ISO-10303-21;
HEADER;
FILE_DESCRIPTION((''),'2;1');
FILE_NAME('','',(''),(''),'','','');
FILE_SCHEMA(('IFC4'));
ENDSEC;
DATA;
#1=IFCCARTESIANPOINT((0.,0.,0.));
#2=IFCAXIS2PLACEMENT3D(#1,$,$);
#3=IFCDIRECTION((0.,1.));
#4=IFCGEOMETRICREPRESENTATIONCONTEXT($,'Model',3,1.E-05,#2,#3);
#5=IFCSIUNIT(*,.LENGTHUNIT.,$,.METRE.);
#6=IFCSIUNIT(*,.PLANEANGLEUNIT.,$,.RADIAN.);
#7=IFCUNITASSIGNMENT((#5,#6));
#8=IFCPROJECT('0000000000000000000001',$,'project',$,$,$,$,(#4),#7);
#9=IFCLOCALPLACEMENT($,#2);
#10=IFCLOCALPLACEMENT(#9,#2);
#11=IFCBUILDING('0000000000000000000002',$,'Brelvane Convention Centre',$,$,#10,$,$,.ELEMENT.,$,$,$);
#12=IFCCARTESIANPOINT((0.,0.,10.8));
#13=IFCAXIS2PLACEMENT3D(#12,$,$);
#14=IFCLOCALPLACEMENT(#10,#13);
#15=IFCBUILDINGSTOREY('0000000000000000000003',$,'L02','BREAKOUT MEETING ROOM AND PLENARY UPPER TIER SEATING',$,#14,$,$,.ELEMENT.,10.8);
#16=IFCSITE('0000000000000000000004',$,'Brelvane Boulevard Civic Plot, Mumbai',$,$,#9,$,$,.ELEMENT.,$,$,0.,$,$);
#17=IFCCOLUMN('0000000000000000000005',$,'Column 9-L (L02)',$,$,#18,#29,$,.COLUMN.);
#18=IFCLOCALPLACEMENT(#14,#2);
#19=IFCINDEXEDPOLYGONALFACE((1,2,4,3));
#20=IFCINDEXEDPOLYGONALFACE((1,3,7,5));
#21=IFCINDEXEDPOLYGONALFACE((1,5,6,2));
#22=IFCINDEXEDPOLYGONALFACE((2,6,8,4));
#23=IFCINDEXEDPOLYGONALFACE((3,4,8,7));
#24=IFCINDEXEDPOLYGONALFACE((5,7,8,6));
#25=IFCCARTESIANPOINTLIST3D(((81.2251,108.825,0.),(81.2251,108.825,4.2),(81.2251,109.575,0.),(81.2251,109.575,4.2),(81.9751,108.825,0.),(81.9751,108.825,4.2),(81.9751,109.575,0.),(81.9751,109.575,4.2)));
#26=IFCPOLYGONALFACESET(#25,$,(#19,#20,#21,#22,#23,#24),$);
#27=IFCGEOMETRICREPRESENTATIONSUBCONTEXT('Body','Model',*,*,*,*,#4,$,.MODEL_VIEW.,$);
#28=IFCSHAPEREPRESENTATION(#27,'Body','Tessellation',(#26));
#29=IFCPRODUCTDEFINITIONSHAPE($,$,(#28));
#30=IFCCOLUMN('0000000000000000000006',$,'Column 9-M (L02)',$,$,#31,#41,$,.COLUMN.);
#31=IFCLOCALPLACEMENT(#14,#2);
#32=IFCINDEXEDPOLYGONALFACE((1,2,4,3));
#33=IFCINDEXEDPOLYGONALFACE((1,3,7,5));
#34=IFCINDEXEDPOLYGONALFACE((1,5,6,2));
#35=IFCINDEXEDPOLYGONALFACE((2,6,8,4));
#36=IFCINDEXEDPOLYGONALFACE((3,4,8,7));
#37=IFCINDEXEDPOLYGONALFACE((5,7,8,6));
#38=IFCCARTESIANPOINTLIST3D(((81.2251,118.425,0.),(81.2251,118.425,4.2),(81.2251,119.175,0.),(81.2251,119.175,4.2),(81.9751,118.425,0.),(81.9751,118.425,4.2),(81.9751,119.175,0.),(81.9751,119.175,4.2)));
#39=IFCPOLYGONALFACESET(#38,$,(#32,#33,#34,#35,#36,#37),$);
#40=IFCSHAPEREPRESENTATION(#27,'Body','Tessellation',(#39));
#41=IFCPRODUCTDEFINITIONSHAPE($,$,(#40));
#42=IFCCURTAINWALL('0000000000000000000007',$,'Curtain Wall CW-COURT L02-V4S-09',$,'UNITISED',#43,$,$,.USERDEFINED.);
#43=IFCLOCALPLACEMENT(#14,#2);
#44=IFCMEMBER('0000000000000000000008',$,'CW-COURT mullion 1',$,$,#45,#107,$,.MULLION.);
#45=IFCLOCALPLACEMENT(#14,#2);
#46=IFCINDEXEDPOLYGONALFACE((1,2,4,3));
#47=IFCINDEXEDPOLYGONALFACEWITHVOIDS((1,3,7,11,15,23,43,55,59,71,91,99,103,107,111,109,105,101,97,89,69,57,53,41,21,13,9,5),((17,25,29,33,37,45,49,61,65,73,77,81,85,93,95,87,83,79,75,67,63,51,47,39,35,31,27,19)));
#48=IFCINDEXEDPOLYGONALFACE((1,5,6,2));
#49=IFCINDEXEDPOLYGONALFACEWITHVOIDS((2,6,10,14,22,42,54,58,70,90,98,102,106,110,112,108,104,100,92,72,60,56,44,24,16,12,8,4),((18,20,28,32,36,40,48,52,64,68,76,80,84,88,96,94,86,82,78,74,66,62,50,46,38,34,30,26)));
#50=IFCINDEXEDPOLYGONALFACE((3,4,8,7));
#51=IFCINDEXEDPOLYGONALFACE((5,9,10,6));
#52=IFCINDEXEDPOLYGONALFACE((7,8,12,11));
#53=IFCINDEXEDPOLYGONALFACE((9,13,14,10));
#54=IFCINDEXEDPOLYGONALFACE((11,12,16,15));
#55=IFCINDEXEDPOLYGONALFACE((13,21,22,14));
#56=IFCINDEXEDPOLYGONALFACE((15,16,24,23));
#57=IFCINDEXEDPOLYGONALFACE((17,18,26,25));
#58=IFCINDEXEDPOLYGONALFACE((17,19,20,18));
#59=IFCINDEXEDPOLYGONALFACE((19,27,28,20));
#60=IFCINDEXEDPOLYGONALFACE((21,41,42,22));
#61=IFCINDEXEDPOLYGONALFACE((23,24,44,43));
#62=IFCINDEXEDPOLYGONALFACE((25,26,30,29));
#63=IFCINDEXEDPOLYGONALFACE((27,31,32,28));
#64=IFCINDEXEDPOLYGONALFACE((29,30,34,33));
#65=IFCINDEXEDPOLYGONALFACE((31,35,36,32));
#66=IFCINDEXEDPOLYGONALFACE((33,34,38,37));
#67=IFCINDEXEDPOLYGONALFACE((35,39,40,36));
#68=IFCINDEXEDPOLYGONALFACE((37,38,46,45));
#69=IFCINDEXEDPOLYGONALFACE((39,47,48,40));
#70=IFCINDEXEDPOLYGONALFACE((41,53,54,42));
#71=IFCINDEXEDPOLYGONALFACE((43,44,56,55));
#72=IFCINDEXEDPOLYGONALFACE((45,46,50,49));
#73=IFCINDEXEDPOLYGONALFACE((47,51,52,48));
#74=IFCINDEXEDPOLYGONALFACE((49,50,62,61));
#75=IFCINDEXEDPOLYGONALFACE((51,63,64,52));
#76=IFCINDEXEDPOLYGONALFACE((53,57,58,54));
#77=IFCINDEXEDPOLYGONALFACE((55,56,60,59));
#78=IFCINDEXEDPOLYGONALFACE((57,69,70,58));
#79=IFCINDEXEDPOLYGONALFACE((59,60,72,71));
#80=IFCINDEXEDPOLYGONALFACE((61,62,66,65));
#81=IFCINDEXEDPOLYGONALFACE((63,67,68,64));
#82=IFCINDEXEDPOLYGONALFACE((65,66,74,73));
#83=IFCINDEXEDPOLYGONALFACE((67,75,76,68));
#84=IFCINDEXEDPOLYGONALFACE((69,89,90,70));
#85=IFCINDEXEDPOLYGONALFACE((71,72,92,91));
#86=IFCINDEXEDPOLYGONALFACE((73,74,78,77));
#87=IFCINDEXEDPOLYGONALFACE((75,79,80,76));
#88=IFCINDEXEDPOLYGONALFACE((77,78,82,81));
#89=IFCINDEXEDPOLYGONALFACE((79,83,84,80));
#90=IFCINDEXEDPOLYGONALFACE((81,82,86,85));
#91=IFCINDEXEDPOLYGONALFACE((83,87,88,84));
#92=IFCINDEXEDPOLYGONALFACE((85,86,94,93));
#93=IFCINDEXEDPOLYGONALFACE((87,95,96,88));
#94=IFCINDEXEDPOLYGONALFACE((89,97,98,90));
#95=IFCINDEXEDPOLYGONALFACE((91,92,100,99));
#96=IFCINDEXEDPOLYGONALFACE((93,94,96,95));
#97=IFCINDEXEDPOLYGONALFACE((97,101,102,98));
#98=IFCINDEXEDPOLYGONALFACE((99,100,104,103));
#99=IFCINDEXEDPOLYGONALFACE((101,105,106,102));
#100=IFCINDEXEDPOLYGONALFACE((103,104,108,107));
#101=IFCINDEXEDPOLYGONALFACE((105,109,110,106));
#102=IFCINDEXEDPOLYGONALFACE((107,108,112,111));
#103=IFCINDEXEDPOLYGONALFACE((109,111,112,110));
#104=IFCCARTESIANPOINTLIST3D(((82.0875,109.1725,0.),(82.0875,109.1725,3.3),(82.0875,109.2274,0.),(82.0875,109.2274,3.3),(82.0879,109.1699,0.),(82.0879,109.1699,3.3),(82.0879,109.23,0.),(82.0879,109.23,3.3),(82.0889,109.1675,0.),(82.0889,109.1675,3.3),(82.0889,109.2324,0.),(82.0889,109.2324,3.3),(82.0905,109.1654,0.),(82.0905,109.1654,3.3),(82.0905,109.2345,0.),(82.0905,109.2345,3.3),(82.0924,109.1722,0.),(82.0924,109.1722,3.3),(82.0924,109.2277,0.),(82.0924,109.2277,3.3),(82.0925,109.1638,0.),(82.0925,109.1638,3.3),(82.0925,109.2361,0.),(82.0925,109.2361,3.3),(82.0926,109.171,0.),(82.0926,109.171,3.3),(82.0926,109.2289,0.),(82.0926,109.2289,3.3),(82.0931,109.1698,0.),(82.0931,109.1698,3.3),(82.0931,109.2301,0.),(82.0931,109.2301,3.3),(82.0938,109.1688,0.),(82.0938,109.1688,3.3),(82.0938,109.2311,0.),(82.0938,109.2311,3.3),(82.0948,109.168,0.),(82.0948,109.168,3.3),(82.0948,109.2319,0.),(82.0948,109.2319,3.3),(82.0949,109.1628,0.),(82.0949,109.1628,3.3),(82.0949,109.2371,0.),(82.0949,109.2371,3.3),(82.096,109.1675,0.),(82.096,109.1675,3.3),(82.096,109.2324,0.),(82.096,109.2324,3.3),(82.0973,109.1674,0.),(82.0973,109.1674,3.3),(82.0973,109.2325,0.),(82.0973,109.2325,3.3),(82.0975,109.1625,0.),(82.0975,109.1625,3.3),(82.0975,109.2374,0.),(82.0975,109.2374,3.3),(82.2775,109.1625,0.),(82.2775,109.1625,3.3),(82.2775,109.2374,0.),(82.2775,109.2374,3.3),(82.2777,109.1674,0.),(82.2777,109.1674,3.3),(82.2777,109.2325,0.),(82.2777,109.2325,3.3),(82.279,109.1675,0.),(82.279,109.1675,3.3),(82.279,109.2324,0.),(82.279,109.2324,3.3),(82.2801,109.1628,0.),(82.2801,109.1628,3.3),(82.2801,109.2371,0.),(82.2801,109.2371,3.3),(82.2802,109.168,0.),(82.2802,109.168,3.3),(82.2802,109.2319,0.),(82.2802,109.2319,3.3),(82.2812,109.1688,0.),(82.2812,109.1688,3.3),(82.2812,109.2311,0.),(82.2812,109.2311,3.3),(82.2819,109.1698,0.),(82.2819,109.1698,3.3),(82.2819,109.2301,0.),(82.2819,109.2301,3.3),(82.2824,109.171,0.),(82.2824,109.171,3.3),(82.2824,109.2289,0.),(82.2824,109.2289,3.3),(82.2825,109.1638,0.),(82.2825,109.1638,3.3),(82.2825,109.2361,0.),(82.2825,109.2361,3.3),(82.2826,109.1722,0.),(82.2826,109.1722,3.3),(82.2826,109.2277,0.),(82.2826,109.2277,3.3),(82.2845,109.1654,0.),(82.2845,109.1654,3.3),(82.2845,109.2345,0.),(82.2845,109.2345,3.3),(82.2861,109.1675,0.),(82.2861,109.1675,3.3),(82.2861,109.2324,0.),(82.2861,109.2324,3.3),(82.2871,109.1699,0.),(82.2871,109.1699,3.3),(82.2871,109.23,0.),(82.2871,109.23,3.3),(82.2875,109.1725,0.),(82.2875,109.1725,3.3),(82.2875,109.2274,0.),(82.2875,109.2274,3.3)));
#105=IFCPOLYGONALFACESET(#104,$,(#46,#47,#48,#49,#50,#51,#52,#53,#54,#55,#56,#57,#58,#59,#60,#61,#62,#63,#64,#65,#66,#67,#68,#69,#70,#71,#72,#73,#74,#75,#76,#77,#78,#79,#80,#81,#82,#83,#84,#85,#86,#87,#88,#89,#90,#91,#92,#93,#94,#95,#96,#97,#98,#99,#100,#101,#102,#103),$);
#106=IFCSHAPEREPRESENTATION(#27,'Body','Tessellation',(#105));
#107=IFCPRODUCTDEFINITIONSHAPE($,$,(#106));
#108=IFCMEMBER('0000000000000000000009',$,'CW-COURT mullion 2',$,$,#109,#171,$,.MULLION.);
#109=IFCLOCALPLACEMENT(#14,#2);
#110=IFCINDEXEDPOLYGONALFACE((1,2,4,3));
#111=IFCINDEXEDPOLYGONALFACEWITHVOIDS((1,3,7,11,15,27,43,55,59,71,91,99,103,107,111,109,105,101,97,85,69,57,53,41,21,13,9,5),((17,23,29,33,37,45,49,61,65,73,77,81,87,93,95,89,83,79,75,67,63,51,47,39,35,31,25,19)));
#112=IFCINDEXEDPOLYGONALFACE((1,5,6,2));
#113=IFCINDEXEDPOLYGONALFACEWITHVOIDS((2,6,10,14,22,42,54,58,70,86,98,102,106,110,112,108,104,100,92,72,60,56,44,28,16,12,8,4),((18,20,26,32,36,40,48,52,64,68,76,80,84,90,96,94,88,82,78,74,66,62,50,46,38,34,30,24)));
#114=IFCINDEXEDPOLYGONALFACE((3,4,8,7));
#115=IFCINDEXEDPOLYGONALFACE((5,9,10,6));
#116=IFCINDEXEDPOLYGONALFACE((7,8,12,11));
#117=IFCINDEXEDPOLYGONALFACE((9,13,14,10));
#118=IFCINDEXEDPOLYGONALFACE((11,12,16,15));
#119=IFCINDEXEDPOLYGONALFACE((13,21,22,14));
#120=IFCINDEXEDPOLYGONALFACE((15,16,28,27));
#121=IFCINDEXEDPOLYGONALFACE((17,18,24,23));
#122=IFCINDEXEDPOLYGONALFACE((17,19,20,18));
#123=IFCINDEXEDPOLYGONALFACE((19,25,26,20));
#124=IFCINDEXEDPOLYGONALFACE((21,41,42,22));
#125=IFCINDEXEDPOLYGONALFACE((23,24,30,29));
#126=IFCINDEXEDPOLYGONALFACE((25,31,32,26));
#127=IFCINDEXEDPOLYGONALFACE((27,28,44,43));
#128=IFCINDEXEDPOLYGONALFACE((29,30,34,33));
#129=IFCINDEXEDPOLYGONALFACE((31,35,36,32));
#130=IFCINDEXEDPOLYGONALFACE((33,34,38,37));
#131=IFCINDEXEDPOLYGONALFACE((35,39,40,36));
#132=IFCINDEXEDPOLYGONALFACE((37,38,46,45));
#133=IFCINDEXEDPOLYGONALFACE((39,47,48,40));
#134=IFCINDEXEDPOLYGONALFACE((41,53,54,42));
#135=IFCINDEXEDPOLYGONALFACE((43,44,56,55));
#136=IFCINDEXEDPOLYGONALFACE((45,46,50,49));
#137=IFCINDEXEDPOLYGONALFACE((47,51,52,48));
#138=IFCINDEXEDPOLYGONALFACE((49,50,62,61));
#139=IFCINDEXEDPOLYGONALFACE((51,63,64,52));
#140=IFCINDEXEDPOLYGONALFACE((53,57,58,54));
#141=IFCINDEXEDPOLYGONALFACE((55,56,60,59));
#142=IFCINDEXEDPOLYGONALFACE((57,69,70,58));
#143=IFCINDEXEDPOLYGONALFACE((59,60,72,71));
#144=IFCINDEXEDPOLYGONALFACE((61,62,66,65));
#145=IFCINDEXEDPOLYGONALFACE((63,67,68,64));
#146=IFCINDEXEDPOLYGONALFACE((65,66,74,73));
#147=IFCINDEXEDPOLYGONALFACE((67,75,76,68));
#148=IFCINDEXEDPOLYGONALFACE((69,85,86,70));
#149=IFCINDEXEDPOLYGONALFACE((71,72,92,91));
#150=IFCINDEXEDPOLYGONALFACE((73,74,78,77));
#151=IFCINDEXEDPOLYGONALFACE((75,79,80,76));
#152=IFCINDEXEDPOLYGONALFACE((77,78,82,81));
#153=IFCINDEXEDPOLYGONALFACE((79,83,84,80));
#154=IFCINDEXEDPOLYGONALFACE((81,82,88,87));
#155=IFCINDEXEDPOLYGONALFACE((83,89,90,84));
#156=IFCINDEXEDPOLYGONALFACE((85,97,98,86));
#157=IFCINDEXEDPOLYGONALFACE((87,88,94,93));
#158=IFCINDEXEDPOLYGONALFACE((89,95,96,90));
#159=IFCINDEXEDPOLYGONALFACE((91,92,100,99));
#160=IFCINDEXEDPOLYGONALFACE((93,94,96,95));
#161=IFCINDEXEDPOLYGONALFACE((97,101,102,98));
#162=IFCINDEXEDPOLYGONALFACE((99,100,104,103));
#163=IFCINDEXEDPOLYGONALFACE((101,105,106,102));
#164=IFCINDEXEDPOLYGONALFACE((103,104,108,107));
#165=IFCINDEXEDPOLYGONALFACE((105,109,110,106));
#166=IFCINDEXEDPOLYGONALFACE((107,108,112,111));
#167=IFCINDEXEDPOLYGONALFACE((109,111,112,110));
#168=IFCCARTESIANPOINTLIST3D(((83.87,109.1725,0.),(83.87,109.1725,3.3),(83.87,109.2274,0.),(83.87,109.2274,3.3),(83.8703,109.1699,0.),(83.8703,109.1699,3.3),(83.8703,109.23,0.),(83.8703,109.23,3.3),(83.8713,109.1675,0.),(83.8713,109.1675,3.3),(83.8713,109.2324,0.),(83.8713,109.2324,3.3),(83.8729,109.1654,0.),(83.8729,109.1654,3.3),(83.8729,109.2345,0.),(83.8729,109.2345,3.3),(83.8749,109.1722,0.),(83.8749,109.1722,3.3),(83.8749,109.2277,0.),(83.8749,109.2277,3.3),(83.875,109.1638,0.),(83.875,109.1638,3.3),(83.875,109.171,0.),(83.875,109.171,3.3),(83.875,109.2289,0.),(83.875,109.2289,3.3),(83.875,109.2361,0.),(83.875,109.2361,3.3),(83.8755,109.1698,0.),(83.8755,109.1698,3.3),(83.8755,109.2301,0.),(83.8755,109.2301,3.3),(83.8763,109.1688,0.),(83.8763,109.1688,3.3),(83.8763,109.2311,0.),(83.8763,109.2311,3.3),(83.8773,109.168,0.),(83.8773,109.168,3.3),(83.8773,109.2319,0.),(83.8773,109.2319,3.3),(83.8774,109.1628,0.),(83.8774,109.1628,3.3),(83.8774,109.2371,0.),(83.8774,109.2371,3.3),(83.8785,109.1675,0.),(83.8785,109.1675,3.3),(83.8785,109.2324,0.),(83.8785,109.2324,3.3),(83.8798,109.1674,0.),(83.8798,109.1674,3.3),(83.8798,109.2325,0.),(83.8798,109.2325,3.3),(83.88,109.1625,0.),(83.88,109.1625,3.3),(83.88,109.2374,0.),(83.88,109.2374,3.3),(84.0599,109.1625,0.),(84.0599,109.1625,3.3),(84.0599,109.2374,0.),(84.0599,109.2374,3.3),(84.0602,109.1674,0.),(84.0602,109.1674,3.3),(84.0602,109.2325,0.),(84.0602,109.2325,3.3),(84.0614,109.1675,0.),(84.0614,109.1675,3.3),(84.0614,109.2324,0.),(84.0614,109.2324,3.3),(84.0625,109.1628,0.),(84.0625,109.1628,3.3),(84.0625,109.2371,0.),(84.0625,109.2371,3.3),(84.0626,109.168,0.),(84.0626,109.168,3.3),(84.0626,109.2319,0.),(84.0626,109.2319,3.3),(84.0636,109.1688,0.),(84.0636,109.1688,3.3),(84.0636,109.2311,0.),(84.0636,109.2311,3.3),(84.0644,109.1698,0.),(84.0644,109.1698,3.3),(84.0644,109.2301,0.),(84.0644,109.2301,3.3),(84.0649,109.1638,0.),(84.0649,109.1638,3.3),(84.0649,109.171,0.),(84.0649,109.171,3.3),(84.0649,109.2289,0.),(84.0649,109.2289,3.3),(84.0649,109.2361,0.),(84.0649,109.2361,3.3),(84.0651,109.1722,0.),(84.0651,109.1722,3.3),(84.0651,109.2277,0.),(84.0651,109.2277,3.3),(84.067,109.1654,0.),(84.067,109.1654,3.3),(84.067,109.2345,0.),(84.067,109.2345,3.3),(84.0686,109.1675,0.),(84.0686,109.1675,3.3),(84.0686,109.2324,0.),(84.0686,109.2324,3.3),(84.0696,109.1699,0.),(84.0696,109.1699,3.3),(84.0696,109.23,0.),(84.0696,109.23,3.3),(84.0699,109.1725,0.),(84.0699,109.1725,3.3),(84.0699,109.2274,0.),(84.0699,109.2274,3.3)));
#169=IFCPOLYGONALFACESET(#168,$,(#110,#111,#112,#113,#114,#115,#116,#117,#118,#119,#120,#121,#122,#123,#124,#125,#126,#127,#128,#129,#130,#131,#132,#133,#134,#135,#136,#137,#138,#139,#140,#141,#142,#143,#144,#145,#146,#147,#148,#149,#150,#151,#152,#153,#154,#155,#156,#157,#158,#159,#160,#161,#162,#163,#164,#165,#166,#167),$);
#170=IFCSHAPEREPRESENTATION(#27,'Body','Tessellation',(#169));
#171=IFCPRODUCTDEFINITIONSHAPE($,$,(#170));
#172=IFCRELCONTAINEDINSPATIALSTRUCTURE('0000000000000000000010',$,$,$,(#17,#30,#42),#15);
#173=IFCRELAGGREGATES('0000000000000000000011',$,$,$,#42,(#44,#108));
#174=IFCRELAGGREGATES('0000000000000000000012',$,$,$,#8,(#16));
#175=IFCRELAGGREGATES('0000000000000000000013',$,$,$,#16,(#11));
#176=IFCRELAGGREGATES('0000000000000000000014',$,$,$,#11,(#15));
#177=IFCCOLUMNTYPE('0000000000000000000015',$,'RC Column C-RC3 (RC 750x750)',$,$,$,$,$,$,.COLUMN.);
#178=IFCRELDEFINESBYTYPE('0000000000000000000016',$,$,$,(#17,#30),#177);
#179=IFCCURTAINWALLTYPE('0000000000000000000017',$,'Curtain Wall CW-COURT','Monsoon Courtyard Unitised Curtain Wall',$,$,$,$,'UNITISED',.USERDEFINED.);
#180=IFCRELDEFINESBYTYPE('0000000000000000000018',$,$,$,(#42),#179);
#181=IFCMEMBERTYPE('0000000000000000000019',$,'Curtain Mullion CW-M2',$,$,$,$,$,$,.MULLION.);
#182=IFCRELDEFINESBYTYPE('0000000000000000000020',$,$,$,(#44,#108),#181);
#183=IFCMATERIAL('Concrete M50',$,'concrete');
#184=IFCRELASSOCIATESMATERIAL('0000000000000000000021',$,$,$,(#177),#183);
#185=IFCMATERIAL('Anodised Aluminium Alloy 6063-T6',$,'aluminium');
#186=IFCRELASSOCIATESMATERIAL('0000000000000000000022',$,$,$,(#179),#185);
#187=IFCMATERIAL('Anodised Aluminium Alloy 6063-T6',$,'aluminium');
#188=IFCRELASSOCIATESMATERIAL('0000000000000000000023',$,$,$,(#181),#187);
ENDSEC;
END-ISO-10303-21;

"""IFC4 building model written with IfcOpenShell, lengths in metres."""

from ifc_helpers import new_model, si_unit, direction, frame, origin, origin_2d, place, context, subcontext, project, spatial, rectangle, hollow_rectangle, extrude, material, material_profile, profile_set, type_object, element, aggregate, save


model = new_model("IFC4")

# Units and contexts
model_context = context("Model", 3, precision=1e-05, world=origin(), true_north=direction((0.0, 1.0)))
body_context = subcontext(model_context, "Body", "Model", "MODEL_VIEW")
ifc_project = project(units=[si_unit("LENGTHUNIT", "METRE"), si_unit("PLANEANGLEUNIT", "RADIAN")], contexts=[model_context])

# Site, building, storey
site_placement = place(None, origin())
site = spatial("IfcSite", under=ifc_project, at=site_placement, Name="Brelvane Boulevard Civic Plot, Mumbai", CompositionType="ELEMENT", RefElevation=0.0)
building_placement = place(site_placement, origin())
building = spatial("IfcBuilding", under=site, at=building_placement, Name="Brelvane Convention Centre", CompositionType="ELEMENT")
storey_placement = place(building_placement, frame((0.0, 0.0, 10.8)))
storey = spatial("IfcBuildingStorey", under=building, at=storey_placement, Name="L02", Description="BREAKOUT MEETING ROOM AND PLENARY UPPER TIER SEATING", CompositionType="ELEMENT", Elevation=10.8)

# Columns
ifc_material_1 = material(Name="Concrete M50", Category="concrete")
ifc_material_profile_1 = material_profile(ifc_material_1, rectangle(XDim=0.75, YDim=0.75, at=origin_2d()), Name="RC 750x750")
ifc_profile_set_1 = profile_set([ifc_material_profile_1], Name="Concrete M50")
column_type = type_object("IfcColumnType", Name="RC Column C-RC3 (RC 750x750)", PredefinedType="COLUMN", material=ifc_profile_set_1)
for number, where, z_axis, x_axis, name in (
    (1, (81.6001, 109.2, 0.0), (0.0, 0.0, 1.0), (1.0, 0.0, 0.0), "Column 9-L (L02)"),
    (2, (81.6001, 118.8, 0.0), (0.0, 0.0, 1.0), (1.0, 0.0, 0.0), "Column 9-M (L02)"),
):
    element("IfcColumn", number, at=place(storey_placement, frame(where, z_axis=z_axis, x_axis=x_axis)), inside=storey, type_object=column_type, Name=name, PredefinedType="COLUMN", context=body_context, shape_type="SweptSolid", body=[
        extrude(rectangle(XDim=0.75, YDim=0.75, at=origin_2d()), origin(), (0.0, 0.0, 1.0), 4.2),
    ])

# Curtain wall, members
ifc_material_2 = material(Name="Anodised Aluminium Alloy 6063-T6", Category="aluminium")
curtain_wall_type = type_object("IfcCurtainWallType", Name="Curtain Wall CW-COURT", Description="Monsoon Courtyard Unitised Curtain Wall", ElementType="UNITISED", PredefinedType="USERDEFINED", material=ifc_material_2)
curtain_wall_placement = place(storey_placement, origin())
curtain_wall = element("IfcCurtainWall", 3, at=curtain_wall_placement, inside=storey, type_object=curtain_wall_type, Name="Curtain Wall CW-COURT L02-V4S-09", ObjectType="UNITISED", PredefinedType="USERDEFINED")
ifc_material_3 = material(Name="Anodised Aluminium Alloy 6063-T6", Category="aluminium")
ifc_material_profile_2 = material_profile(ifc_material_3, hollow_rectangle(XDim=0.075, YDim=0.2, WallThickness=0.0049, InnerFilletRadius=0.0049, OuterFilletRadius=0.01, at=origin_2d()), Name="ALU-M 200x75x5.0")
ifc_profile_set_2 = profile_set([ifc_material_profile_2], Name="Anodised Aluminium Alloy 6063-T6")
member_type_1 = type_object("IfcMemberType", Name="Curtain Mullion CW-M2", PredefinedType="MULLION", material=ifc_profile_set_2)
member_1_placement = place(storey_placement, frame((82.1875, 109.2, 0.0), z_axis=(0.0, 0.0, 1.0), x_axis=(0.0, 1.0, 0.0)))
member_1 = element("IfcMember", 4, at=member_1_placement, type_object=member_type_1, Name="CW-COURT mullion 1", PredefinedType="MULLION", context=body_context, shape_type="SweptSolid", body=[
    extrude(hollow_rectangle(XDim=0.075, YDim=0.2, WallThickness=0.0049, InnerFilletRadius=0.0049, OuterFilletRadius=0.01, at=origin_2d()), origin(), (0.0, 0.0, 1.0), 3.3),
])
member_2_placement = place(storey_placement, frame((83.97, 109.2, 0.0), z_axis=(0.0, 0.0, 1.0), x_axis=(0.0, 1.0, 0.0)))
member_2 = element("IfcMember", 5, at=member_2_placement, type_object=member_type_1, Name="CW-COURT mullion 2", PredefinedType="MULLION", context=body_context, shape_type="SweptSolid", body=[
    extrude(hollow_rectangle(XDim=0.075, YDim=0.2, WallThickness=0.0049, InnerFilletRadius=0.0049, OuterFilletRadius=0.01, at=origin_2d()), origin(), (0.0, 0.0, 1.0), 3.3),
])

aggregate(curtain_wall, [member_1, member_2])

save(model, "model.ifc")
